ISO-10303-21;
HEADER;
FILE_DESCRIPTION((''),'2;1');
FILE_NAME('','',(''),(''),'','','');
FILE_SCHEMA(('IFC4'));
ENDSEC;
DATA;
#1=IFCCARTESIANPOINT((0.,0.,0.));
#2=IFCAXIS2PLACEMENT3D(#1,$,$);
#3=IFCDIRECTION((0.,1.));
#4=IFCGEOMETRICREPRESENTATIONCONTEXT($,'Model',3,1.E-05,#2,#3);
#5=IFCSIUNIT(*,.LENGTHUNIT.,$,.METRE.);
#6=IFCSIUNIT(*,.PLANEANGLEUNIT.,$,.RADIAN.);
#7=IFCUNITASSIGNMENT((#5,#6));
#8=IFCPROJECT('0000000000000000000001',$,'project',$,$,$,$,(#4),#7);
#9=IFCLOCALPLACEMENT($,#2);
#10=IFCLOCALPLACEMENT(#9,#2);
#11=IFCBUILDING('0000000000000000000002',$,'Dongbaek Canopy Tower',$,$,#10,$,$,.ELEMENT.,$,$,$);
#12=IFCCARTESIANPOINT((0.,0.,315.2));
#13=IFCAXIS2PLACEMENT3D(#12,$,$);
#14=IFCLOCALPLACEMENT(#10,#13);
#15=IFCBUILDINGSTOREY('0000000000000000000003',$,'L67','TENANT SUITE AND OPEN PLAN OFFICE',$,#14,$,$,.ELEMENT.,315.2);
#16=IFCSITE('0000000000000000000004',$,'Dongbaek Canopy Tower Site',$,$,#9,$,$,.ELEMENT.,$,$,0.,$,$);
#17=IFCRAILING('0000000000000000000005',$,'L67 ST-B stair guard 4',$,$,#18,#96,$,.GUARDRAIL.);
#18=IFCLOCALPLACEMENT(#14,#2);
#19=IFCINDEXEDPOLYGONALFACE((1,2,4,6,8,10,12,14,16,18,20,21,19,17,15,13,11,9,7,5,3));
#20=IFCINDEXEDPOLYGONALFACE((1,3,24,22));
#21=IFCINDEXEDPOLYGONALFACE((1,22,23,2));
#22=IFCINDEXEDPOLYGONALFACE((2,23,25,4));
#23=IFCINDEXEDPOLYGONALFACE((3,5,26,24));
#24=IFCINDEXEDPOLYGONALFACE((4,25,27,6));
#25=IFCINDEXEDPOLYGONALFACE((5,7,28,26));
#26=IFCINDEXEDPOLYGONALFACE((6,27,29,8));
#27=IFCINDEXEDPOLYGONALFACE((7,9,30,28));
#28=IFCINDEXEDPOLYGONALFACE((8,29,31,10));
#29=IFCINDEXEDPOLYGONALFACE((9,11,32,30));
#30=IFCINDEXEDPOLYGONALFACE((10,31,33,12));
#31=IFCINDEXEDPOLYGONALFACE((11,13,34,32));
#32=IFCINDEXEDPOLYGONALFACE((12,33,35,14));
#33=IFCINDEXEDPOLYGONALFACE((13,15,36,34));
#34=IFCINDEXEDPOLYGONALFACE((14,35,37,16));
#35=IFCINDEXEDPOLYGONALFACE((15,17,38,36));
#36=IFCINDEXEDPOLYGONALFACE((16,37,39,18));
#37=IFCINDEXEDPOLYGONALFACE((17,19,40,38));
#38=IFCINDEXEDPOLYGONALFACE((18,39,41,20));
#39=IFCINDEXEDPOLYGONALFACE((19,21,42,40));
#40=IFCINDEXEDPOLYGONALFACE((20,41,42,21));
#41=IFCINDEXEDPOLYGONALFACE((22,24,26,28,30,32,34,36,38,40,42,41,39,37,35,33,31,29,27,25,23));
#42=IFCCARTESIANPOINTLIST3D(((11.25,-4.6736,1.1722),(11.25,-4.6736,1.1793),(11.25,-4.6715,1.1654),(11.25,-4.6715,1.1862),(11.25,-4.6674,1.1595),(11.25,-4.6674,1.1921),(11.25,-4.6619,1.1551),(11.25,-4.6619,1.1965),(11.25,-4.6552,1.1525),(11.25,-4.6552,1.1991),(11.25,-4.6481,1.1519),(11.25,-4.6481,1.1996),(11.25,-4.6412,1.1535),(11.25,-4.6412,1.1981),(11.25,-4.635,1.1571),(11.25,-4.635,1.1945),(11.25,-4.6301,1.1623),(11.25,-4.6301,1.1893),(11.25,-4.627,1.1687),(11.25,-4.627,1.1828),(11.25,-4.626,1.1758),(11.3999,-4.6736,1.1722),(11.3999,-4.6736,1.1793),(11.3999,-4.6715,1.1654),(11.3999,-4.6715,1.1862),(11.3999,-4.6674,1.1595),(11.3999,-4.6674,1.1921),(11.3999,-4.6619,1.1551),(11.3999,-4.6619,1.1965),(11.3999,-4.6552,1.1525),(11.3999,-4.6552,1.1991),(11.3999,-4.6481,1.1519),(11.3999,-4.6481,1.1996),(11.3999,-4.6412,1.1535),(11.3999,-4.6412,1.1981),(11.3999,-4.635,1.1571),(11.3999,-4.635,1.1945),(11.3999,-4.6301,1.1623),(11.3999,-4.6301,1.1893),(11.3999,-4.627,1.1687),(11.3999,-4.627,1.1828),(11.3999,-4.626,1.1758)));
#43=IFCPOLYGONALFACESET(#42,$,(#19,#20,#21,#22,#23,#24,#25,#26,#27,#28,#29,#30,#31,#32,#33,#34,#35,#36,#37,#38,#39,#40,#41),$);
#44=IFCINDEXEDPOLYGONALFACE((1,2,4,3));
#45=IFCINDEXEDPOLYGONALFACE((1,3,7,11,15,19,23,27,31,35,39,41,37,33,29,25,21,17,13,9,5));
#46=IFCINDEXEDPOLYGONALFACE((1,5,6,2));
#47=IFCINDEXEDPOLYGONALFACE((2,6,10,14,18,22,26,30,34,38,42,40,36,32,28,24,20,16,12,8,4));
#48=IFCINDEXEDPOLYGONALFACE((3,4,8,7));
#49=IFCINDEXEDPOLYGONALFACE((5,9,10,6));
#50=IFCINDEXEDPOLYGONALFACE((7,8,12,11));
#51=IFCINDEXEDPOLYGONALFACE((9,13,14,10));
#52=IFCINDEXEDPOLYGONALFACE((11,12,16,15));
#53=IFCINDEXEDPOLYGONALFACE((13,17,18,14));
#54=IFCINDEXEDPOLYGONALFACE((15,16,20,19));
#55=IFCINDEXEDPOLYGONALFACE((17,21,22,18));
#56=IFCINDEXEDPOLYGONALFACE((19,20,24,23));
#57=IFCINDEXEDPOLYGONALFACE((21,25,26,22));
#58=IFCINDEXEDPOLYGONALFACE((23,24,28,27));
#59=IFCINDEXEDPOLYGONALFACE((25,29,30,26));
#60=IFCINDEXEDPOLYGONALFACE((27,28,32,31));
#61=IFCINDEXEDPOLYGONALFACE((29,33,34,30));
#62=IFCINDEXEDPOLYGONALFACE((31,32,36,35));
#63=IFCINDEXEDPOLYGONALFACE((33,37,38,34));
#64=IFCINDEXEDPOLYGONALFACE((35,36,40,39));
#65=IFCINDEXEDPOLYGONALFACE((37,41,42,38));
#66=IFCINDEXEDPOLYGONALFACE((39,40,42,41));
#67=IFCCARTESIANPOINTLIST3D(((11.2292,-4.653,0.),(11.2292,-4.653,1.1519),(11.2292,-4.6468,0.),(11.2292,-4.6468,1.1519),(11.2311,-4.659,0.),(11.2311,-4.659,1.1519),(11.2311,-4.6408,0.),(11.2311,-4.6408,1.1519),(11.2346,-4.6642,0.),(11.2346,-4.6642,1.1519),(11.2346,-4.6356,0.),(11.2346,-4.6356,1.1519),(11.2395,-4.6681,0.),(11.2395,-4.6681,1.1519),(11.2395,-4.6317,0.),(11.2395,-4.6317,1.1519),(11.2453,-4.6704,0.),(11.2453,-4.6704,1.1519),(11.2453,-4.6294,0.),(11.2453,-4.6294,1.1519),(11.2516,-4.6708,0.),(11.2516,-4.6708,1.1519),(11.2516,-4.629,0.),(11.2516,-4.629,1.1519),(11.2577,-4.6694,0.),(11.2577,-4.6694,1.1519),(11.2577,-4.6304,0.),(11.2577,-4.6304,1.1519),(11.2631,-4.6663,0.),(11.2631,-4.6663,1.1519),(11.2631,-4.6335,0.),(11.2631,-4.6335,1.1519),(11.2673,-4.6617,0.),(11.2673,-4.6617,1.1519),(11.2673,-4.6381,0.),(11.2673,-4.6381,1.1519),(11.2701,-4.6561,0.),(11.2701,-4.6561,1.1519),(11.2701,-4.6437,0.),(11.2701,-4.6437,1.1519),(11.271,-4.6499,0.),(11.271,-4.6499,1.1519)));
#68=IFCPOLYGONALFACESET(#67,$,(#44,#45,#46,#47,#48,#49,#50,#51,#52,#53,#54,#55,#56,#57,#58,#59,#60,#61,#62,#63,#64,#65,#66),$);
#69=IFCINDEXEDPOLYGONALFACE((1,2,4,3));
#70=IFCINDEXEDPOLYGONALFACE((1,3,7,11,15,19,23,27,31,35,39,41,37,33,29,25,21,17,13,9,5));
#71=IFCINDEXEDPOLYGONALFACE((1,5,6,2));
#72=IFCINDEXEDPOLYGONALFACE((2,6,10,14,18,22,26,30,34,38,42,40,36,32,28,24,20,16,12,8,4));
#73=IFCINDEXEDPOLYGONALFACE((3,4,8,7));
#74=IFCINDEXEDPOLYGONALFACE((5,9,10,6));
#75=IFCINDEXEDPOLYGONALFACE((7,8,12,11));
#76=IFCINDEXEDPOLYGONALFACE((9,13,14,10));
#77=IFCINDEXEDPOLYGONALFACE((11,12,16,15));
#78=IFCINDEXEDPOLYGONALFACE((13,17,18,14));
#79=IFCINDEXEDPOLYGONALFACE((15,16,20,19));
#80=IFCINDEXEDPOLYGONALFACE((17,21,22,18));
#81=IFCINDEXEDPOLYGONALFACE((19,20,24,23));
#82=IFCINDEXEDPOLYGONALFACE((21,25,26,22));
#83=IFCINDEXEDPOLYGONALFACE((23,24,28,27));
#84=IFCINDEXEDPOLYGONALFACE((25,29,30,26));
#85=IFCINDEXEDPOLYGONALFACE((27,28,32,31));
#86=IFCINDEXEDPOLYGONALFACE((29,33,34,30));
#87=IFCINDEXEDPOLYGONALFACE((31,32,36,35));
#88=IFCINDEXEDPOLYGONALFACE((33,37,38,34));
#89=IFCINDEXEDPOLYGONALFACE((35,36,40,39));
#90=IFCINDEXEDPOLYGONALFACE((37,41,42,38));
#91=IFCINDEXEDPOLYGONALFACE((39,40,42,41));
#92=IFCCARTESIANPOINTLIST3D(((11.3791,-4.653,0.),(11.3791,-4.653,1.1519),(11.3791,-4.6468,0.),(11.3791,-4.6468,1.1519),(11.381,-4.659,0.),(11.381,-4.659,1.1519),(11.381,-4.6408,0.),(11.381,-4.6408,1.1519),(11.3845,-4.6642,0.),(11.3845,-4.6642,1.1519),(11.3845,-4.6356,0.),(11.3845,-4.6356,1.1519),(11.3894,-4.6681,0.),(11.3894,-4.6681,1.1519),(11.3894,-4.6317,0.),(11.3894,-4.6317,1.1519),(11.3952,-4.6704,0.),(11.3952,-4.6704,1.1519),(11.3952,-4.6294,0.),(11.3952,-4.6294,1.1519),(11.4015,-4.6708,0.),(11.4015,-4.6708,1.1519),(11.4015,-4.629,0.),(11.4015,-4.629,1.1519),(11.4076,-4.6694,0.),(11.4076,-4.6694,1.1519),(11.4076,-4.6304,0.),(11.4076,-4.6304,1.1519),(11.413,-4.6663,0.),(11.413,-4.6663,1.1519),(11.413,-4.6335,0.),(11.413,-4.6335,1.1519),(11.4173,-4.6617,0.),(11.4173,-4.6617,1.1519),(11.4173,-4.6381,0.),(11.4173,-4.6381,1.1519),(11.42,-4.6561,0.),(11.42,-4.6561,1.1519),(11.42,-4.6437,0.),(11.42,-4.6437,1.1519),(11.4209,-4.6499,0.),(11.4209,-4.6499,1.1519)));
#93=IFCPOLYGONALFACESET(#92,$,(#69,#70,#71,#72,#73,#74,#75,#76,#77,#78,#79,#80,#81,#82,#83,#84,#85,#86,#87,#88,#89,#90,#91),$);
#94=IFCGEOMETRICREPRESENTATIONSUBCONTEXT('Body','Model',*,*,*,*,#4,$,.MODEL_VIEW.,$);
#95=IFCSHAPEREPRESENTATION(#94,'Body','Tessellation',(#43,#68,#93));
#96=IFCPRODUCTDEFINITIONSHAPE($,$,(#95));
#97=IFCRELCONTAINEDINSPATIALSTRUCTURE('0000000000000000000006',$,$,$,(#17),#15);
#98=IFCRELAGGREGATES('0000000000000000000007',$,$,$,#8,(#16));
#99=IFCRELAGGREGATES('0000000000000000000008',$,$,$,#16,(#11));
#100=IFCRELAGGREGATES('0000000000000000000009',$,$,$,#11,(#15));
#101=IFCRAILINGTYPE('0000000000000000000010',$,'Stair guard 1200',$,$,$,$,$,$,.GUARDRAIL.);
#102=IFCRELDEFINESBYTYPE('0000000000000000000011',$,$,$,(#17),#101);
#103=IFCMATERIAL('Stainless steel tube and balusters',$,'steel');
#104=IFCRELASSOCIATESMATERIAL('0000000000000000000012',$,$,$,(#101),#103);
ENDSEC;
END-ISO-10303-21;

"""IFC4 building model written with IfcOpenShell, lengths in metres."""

from ifc_helpers import new_model, si_unit, direction, frame, origin, origin_2d, place, context, subcontext, project, spatial, circle, extrude, material, type_object, element, save


model = new_model("IFC4")

# Units and contexts
model_context = context("Model", 3, precision=1e-05, world=origin(), true_north=direction((0.0, 1.0)))
body_context = subcontext(model_context, "Body", "Model", "MODEL_VIEW")
ifc_project = project(units=[si_unit("LENGTHUNIT", "METRE"), si_unit("PLANEANGLEUNIT", "RADIAN")], contexts=[model_context])

# Site, building, storey
site_placement = place(None, origin())
site = spatial("IfcSite", under=ifc_project, at=site_placement, Name="Dongbaek Canopy Tower Site", CompositionType="ELEMENT", RefElevation=0.0)
building_placement = place(site_placement, origin())
building = spatial("IfcBuilding", under=site, at=building_placement, Name="Dongbaek Canopy Tower", CompositionType="ELEMENT")
storey_placement = place(building_placement, frame((0.0, 0.0, 315.2)))
storey = spatial("IfcBuildingStorey", under=building, at=storey_placement, Name="L67", Description="TENANT SUITE AND OPEN PLAN OFFICE", CompositionType="ELEMENT", Elevation=315.2)

# Railing
ifc_material_1 = material(Name="Stainless steel tube and balusters", Category="steel")
railing_type_1 = type_object("IfcRailingType", Name="Stair guard 1200", PredefinedType="GUARDRAIL", material=ifc_material_1)
railing_1_placement = place(storey_placement, frame((11.25, -4.6499, 0.0)))
element("IfcRailing", 1, at=railing_1_placement, inside=storey, type_object=railing_type_1, Name="L67 ST-B stair guard 4", PredefinedType="GUARDRAIL", context=body_context, shape_type="SweptSolid", body=[
    extrude(circle(Radius=0.0239, at=origin_2d()), frame((0.0, 0.0, 1.1758), z_axis=(1.0, 0.0, 0.0), x_axis=(0.0, 1.0, 0.0)), (0.0, 0.0, 1.0), 0.1499),
    extrude(circle(Radius=0.021, at=origin_2d()), origin(), (0.0, 0.0, 1.0), 1.1519),
    extrude(circle(Radius=0.021, at=origin_2d()), frame((0.1499, 0.0, 0.0)), (0.0, 0.0, 1.0), 1.1519),
])

save(model, "model.ifc")
